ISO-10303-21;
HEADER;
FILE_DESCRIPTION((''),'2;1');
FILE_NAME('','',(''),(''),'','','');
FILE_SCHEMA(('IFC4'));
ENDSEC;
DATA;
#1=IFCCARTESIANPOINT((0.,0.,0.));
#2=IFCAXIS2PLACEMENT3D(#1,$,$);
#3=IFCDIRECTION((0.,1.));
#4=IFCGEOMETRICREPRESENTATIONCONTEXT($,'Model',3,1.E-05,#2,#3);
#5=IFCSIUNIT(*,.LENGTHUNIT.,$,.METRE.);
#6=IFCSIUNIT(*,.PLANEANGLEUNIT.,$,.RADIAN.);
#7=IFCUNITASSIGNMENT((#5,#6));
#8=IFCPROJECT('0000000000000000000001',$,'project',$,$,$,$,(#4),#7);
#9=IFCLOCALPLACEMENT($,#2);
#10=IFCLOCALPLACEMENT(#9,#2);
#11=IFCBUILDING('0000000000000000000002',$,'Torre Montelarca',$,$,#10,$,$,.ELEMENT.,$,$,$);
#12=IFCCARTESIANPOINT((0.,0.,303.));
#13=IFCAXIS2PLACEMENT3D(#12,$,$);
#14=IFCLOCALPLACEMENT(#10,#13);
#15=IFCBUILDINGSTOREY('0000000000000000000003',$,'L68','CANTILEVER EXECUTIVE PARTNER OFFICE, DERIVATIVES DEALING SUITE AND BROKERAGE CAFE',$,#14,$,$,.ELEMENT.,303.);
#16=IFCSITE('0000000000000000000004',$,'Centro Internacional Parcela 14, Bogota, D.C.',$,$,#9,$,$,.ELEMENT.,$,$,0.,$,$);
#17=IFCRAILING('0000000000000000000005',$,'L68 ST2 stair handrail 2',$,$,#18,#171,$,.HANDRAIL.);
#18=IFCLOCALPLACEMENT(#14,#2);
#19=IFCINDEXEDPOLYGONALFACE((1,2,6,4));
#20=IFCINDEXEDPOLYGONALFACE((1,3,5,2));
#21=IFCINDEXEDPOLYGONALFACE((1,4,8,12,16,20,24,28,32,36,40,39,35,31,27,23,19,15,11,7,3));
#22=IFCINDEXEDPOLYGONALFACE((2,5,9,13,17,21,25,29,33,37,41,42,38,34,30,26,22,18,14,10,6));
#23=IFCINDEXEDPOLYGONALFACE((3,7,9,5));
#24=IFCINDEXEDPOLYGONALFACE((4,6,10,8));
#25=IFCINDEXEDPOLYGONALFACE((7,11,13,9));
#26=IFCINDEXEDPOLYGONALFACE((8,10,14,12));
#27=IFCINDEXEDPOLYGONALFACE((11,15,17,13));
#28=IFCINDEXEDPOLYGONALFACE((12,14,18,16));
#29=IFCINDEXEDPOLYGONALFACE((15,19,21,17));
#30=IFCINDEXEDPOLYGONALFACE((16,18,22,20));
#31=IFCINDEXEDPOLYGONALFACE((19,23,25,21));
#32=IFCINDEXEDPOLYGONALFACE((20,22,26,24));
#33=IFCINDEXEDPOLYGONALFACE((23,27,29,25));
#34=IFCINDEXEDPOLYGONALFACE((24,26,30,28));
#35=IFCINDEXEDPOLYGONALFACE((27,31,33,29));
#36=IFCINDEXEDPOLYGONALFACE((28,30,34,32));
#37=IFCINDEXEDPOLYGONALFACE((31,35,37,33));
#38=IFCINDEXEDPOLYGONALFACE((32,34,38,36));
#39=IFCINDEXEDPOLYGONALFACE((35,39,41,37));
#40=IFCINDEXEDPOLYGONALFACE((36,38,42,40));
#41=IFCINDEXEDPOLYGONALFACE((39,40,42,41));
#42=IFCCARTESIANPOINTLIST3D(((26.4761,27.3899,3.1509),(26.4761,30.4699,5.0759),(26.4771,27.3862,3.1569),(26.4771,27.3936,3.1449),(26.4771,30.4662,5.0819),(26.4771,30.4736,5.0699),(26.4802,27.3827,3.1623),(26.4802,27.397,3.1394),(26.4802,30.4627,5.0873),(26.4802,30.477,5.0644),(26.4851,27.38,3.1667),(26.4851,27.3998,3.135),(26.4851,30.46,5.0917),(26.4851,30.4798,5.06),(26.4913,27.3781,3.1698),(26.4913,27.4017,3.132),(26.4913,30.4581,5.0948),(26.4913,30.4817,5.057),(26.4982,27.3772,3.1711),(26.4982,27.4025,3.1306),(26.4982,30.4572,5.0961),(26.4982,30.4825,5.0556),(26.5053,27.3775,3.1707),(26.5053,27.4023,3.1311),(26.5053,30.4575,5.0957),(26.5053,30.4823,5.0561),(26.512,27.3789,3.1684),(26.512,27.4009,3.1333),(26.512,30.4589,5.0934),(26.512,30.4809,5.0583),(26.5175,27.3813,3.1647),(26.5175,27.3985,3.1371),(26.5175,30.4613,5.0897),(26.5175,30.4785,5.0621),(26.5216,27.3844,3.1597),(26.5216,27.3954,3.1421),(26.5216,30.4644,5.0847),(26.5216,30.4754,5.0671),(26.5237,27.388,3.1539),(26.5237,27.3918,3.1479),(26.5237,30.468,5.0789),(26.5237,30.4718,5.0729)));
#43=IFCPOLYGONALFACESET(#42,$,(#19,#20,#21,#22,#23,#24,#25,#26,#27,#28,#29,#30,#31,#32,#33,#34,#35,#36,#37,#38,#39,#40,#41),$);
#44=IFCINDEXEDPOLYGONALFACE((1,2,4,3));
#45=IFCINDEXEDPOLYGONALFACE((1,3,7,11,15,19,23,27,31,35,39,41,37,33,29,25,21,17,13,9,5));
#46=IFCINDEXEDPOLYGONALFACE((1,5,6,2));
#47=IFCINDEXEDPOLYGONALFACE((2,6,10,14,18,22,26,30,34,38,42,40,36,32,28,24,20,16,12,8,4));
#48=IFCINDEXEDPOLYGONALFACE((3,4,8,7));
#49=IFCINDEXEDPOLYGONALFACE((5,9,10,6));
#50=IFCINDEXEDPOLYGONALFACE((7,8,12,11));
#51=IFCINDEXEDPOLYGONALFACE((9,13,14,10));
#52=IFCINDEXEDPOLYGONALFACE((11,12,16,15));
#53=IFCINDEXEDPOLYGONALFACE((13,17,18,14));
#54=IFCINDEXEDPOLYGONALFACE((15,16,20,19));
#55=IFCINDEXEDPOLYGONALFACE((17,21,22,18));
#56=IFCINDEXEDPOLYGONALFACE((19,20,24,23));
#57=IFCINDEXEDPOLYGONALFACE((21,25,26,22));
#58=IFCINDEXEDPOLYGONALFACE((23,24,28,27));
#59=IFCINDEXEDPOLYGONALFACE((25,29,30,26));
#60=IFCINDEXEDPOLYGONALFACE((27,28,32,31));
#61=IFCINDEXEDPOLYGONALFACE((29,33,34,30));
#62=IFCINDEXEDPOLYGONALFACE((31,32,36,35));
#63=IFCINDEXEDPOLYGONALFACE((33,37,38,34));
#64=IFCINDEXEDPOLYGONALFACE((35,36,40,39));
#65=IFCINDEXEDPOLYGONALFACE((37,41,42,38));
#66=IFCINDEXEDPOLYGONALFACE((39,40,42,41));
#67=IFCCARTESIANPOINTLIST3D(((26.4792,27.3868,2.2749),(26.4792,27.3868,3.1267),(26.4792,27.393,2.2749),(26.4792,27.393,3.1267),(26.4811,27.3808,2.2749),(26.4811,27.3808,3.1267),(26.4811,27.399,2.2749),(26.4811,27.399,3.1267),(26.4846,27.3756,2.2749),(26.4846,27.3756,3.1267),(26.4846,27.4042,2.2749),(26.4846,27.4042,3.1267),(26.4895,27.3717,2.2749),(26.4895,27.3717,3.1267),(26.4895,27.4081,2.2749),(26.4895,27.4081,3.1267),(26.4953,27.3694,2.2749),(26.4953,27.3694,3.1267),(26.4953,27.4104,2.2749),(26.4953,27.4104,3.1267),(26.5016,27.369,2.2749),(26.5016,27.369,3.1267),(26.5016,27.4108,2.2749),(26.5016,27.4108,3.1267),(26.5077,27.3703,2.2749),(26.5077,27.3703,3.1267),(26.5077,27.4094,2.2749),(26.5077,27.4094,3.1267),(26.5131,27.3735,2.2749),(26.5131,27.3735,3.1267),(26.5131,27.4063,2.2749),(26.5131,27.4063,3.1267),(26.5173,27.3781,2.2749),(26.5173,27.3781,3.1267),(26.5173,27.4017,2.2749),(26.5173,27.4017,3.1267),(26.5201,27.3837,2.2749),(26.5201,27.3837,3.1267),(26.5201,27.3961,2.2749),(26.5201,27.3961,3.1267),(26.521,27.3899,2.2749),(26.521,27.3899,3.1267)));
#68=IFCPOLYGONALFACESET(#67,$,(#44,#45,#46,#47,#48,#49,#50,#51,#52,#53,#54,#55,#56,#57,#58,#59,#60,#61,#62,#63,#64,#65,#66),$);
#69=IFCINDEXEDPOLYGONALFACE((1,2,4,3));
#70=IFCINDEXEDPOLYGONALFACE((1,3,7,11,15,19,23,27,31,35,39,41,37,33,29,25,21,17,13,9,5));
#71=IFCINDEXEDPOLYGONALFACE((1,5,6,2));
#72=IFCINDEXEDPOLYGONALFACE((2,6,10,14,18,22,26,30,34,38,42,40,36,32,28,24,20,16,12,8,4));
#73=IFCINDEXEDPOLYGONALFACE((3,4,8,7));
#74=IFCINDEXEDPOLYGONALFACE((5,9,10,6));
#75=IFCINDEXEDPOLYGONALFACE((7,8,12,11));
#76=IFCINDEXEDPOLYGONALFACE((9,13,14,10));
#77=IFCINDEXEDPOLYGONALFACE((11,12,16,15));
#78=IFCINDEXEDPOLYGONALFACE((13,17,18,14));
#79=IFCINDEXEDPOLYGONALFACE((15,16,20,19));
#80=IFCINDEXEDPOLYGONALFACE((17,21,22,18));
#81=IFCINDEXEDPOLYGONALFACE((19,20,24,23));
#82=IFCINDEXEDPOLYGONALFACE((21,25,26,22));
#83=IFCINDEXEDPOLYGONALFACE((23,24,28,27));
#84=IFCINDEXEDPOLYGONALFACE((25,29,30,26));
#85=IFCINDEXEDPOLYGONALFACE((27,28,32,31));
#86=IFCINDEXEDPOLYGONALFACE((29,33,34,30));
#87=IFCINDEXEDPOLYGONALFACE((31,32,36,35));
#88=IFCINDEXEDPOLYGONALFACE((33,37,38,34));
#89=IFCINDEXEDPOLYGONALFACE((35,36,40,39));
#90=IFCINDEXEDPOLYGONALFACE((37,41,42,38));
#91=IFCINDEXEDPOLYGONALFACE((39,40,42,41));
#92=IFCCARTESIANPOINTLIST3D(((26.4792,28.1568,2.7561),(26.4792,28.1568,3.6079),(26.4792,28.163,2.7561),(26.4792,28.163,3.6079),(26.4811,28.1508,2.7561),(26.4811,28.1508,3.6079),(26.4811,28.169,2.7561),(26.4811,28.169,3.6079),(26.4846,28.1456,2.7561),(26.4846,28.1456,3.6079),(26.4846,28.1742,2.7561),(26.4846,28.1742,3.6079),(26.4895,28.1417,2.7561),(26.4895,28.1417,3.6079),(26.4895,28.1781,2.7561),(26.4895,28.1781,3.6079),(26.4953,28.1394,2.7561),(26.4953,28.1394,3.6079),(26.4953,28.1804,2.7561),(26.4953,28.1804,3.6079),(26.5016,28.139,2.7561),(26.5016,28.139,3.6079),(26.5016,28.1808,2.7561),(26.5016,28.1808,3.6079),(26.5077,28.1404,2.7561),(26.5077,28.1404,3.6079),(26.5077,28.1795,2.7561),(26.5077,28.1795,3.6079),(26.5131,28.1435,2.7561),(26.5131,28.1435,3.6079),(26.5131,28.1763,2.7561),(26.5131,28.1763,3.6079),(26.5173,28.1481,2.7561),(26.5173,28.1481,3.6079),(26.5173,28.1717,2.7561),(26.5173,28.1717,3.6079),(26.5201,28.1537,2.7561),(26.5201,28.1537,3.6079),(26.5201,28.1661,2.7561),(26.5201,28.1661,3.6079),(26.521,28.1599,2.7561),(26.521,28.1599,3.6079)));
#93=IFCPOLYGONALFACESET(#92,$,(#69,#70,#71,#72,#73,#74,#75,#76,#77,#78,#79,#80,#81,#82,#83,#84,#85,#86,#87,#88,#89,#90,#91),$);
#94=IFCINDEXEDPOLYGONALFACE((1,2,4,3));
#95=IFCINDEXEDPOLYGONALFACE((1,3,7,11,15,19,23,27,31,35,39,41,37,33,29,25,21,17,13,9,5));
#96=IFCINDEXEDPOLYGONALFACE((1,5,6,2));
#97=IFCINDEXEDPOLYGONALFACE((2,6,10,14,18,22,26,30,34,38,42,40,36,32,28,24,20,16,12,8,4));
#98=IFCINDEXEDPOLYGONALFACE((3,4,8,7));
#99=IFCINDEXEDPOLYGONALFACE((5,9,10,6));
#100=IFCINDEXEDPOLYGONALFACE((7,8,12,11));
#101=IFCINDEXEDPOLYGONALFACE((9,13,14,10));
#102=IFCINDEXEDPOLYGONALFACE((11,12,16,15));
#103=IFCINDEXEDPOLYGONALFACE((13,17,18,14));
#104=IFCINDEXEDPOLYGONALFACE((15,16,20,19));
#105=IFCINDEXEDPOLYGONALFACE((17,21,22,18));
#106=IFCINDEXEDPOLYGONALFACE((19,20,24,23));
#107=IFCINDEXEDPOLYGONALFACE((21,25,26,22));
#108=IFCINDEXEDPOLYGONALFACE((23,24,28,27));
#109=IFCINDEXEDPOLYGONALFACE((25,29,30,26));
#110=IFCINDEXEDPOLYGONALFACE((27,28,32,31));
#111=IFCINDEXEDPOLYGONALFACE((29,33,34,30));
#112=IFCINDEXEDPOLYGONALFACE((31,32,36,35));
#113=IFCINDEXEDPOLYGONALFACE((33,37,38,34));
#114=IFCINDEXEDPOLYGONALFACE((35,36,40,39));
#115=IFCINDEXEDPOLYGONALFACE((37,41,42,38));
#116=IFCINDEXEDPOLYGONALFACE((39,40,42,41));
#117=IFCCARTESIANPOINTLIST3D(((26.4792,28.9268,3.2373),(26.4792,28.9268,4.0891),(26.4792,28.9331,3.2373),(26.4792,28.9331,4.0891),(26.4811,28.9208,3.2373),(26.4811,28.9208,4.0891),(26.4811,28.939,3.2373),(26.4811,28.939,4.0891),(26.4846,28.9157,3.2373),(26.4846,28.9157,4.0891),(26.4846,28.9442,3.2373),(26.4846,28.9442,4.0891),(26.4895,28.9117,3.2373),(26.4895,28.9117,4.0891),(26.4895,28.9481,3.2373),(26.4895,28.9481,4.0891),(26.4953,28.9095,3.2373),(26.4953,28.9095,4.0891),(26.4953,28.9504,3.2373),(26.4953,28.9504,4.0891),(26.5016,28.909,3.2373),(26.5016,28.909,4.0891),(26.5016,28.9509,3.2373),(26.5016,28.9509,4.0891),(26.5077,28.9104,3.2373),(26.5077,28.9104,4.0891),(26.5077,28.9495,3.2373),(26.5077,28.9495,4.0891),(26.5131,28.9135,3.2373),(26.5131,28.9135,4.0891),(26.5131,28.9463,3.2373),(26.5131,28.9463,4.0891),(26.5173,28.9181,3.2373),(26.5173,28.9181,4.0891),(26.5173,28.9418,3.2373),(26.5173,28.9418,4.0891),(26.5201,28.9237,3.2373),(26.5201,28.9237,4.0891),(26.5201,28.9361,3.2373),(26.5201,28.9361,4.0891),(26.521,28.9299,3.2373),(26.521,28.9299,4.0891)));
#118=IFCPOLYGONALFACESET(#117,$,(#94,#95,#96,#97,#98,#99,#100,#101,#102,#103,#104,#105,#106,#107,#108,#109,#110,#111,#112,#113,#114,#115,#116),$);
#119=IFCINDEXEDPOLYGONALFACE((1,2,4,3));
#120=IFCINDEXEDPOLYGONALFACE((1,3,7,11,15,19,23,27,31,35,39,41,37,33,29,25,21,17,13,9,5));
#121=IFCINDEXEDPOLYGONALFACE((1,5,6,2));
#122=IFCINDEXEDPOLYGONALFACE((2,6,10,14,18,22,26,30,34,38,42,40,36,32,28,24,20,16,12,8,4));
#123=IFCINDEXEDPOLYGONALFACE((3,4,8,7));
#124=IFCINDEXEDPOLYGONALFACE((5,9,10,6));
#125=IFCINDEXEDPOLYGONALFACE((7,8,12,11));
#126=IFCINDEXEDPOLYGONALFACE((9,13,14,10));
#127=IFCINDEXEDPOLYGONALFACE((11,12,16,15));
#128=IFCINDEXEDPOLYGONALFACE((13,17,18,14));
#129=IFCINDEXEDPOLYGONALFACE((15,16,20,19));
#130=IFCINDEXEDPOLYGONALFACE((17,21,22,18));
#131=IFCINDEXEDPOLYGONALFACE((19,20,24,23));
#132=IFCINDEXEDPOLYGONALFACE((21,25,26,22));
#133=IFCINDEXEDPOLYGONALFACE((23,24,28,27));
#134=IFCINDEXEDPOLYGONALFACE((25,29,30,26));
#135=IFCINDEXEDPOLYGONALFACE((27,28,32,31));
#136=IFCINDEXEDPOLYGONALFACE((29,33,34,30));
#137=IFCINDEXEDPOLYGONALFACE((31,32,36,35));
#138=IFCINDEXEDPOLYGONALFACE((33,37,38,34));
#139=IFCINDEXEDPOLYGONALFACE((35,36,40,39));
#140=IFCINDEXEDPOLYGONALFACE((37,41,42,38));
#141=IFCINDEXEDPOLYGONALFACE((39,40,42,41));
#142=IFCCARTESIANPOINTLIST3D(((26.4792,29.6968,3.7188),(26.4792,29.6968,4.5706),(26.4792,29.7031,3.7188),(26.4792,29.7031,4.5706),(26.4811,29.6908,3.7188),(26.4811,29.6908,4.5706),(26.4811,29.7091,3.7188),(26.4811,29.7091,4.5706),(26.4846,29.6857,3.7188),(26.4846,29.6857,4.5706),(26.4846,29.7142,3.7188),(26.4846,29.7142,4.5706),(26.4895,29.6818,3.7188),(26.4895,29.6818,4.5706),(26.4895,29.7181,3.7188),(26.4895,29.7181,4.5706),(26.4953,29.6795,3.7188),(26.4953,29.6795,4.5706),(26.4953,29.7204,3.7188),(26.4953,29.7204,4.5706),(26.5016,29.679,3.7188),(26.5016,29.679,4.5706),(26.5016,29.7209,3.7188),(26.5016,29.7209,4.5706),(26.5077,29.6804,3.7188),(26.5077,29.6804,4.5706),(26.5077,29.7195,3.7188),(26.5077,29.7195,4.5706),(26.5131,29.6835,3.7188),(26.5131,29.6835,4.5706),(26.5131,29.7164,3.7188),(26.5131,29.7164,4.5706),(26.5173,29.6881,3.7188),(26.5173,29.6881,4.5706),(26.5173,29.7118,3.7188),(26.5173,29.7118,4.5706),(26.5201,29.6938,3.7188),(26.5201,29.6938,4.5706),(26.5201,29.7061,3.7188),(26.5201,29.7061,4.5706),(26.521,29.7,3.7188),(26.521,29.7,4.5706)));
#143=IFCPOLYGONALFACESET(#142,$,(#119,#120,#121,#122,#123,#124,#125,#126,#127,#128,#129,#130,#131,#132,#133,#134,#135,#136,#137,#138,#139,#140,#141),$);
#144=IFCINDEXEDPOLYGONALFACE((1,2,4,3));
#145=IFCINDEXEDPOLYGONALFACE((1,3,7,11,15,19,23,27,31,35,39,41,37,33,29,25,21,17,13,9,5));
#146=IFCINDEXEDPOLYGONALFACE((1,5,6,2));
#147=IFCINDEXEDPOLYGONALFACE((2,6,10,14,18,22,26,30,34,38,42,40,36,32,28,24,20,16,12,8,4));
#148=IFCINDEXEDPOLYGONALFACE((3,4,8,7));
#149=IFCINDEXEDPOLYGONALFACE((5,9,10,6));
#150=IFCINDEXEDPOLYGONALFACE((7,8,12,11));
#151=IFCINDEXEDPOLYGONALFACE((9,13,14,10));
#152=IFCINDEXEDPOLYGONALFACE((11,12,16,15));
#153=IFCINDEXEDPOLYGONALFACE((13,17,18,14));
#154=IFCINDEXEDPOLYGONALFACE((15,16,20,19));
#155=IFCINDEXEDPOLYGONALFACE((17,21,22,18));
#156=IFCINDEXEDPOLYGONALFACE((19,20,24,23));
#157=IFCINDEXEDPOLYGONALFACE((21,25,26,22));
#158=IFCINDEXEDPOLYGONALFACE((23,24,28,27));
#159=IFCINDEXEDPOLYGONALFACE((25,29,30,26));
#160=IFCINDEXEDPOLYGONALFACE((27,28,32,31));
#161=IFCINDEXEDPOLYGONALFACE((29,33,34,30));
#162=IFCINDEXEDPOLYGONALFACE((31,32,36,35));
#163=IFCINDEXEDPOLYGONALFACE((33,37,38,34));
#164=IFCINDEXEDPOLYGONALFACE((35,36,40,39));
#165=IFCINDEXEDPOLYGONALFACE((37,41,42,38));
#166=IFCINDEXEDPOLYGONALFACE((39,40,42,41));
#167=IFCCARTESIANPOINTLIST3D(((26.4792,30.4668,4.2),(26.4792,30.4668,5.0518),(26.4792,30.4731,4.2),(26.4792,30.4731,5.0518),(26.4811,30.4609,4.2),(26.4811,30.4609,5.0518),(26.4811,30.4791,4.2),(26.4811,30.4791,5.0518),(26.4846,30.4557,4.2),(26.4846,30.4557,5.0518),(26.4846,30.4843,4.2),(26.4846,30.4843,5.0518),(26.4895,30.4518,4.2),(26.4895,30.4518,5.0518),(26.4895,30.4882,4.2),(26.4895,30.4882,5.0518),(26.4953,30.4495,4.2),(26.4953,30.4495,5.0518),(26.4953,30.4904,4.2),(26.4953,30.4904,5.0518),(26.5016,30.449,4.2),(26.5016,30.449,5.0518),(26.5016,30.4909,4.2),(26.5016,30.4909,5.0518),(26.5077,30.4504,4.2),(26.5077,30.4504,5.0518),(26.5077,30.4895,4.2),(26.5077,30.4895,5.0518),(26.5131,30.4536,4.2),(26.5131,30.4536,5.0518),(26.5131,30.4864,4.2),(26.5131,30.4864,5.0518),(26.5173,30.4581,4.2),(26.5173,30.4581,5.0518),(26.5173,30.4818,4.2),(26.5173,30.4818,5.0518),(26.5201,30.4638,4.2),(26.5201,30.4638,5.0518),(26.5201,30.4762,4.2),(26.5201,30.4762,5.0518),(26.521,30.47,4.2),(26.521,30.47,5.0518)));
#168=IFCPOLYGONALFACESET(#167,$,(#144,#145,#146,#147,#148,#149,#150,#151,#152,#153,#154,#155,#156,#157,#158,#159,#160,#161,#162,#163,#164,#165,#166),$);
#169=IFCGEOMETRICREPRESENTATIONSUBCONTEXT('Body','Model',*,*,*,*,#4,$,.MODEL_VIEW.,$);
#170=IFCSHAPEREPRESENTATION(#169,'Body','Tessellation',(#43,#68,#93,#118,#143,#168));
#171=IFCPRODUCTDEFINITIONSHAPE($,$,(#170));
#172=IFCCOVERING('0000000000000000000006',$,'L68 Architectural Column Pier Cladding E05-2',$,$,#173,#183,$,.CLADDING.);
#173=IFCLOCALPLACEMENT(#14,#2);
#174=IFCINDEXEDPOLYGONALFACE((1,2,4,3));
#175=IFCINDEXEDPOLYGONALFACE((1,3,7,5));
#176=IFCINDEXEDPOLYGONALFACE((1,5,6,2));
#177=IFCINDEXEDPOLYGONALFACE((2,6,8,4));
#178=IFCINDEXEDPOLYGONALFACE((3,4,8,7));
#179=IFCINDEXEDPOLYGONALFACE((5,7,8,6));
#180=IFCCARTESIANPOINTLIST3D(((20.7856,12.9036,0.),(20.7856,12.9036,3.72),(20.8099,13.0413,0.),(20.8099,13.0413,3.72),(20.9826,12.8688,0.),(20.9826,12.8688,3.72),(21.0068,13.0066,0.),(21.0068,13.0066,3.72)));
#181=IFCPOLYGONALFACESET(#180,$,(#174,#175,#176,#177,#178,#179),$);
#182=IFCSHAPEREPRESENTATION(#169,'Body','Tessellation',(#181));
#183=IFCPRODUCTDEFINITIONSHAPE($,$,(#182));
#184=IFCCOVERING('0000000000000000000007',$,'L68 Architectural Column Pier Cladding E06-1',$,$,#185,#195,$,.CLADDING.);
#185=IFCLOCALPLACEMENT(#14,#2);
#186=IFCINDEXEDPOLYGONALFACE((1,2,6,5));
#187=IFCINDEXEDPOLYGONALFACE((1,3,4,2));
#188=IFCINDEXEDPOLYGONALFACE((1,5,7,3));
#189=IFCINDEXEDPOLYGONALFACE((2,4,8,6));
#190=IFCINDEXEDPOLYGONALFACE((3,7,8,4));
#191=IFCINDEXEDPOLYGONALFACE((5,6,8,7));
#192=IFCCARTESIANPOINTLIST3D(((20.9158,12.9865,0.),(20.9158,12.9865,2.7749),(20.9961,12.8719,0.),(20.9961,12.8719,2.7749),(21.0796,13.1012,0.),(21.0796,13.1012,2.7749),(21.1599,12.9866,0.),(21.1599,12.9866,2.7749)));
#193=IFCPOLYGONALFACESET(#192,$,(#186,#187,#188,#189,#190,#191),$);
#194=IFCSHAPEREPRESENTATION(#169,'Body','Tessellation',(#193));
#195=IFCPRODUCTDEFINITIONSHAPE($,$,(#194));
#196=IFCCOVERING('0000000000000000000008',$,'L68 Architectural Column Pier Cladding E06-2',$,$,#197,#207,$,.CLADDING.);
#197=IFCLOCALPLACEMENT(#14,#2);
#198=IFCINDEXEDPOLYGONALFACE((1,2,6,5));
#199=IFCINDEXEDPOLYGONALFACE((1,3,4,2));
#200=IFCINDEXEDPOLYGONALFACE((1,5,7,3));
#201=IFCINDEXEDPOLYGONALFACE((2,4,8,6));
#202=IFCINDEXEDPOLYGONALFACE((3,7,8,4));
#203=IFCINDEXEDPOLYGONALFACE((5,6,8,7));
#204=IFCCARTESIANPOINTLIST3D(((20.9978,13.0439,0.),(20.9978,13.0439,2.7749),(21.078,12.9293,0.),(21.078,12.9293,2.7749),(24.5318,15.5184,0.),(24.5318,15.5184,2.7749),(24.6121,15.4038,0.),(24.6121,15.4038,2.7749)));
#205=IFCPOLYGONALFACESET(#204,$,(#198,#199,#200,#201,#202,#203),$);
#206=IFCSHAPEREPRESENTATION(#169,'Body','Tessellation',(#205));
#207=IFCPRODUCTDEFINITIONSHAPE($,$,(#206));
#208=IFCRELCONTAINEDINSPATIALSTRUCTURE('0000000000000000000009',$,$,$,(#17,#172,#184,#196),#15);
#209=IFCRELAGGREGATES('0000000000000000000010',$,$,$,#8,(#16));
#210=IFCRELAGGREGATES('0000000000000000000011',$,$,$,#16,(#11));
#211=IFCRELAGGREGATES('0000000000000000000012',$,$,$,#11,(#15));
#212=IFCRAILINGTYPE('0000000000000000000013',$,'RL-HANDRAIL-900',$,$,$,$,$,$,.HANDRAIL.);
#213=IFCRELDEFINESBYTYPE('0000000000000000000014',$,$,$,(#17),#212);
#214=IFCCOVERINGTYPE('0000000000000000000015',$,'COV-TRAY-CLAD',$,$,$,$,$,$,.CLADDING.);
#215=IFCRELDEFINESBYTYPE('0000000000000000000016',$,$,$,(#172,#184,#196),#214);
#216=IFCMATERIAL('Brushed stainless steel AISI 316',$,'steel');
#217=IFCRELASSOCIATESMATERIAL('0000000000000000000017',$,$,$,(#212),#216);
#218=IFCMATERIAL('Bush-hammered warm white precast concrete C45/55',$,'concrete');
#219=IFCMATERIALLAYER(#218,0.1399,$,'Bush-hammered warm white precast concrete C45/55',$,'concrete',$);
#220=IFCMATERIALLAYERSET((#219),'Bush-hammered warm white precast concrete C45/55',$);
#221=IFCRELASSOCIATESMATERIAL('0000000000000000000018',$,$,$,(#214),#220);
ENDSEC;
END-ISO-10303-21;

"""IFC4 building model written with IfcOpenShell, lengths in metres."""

from ifc_helpers import new_model, si_unit, direction, frame, origin, origin_2d, place, context, subcontext, project, spatial, rectangle, circle, extrude, source, transform, mapped, material, layer, layer_set, type_object, element, save


model = new_model("IFC4")

# Units and contexts
model_context = context("Model", 3, precision=1e-05, world=origin(), true_north=direction((0.0, 1.0)))
body_context = subcontext(model_context, "Body", "Model", "MODEL_VIEW")
ifc_project = project(units=[si_unit("LENGTHUNIT", "METRE"), si_unit("PLANEANGLEUNIT", "RADIAN")], contexts=[model_context])

# Site, building, storey
site_placement = place(None, origin())
site = spatial("IfcSite", under=ifc_project, at=site_placement, Name="Centro Internacional Parcela 14, Bogota, D.C.", CompositionType="ELEMENT", RefElevation=0.0)
building_placement = place(site_placement, origin())
building = spatial("IfcBuilding", under=site, at=building_placement, Name="Torre Montelarca", CompositionType="ELEMENT")
storey_placement = place(building_placement, frame((0.0, 0.0, 303.0)))
storey = spatial("IfcBuildingStorey", under=building, at=storey_placement, Name="L68", Description="CANTILEVER EXECUTIVE PARTNER OFFICE, DERIVATIVES DEALING SUITE AND BROKERAGE CAFE", CompositionType="ELEMENT", Elevation=303.0)

# Railing
ifc_material_1 = material(Name="Brushed stainless steel AISI 316", Category="steel")
railing_type_1 = type_object("IfcRailingType", Name="RL-HANDRAIL-900", PredefinedType="HANDRAIL", material=ifc_material_1)
railing_1_placement = place(storey_placement, frame((26.5, 27.3899, 2.2749)))
element("IfcRailing", 1, at=railing_1_placement, inside=storey, type_object=railing_type_1, Name="L68 ST2 stair handrail 2", PredefinedType="HANDRAIL", context=body_context, shape_type="SweptSolid", body=[
    extrude(circle(Radius=0.0239, at=origin_2d()), frame((0.0, 0.0, 0.876), z_axis=(0.0, 0.847998, 0.529999), x_axis=(-1.0, 0.0, 0.0)), (0.0, 0.0, 1.0), 3.6321),
    extrude(circle(Radius=0.021, at=origin_2d()), origin(), (0.0, 0.0, 1.0), 0.8518),
    extrude(circle(Radius=0.021, at=origin_2d()), frame((0.0, 0.77, 0.4812)), (0.0, 0.0, 1.0), 0.8518),
    extrude(circle(Radius=0.021, at=origin_2d()), frame((0.0, 1.54, 0.9624)), (0.0, 0.0, 1.0), 0.8518),
    extrude(circle(Radius=0.021, at=origin_2d()), frame((0.0, 2.3101, 1.4438)), (0.0, 0.0, 1.0), 0.8518),
    extrude(circle(Radius=0.021, at=origin_2d()), frame((0.0, 3.0801, 1.925)), (0.0, 0.0, 1.0), 0.8518),
])

# Coverings
ifc_material_2 = material(Name="Bush-hammered warm white precast concrete C45/55", Category="concrete")
ifc_layer_1 = layer(ifc_material_2, 0.1399, Name="Bush-hammered warm white precast concrete C45/55", Category="concrete")
ifc_layer_set_1 = layer_set([ifc_layer_1], Name="Bush-hammered warm white precast concrete C45/55")
covering_type = type_object("IfcCoveringType", Name="COV-TRAY-CLAD", PredefinedType="CLADDING", material=ifc_layer_set_1)
shared_shape_1 = source(origin(), body_context, "Body", "SweptSolid", [
    extrude(rectangle(XDim=0.2, YDim=0.1399, at=origin_2d()), origin(), (0.0, 0.0, 1.0), 3.72),
])
covering_1_placement = place(storey_placement, frame((20.8962, 12.9551, 0.0), z_axis=(0.0, 0.0, 1.0), x_axis=(0.984808, -0.173646, 0.0)))
element("IfcCovering", 2, at=covering_1_placement, inside=storey, type_object=covering_type, Name="L68 Architectural Column Pier Cladding E05-2", PredefinedType="CLADDING", context=body_context, shape_type="MappedRepresentation", body=[
    mapped(shared_shape_1, transform((0.0, 0.0, 0.0), scale=1.0)),
])
shared_shape_2 = source(origin(), body_context, "Body", "SweptSolid", [
    extrude(rectangle(XDim=0.2, YDim=0.1399, at=origin_2d()), origin(), (0.0, 0.0, 1.0), 2.7749),
])
covering_2_placement = place(storey_placement, frame((21.0378, 12.9866, 0.0), z_axis=(0.0, 0.0, 1.0), x_axis=(0.819156, 0.573571, 0.0)))
element("IfcCovering", 3, at=covering_2_placement, inside=storey, type_object=covering_type, Name="L68 Architectural Column Pier Cladding E06-1", PredefinedType="CLADDING", context=body_context, shape_type="MappedRepresentation", body=[
    mapped(shared_shape_2, transform((0.0, 0.0, 0.0), scale=1.0)),
])
shared_shape_3 = source(origin(), body_context, "Body", "SweptSolid", [
    extrude(rectangle(XDim=4.3142, YDim=0.1399, at=origin_2d()), origin(), (0.0, 0.0, 1.0), 2.7749),
])
covering_3_placement = place(storey_placement, frame((22.8049, 14.2239, 0.0), z_axis=(0.0, 0.0, 1.0), x_axis=(0.819156, 0.573571, 0.0)))
element("IfcCovering", 4, at=covering_3_placement, inside=storey, type_object=covering_type, Name="L68 Architectural Column Pier Cladding E06-2", PredefinedType="CLADDING", context=body_context, shape_type="MappedRepresentation", body=[
    mapped(shared_shape_3, transform((0.0, 0.0, 0.0), scale=1.0)),
])

save(model, "model.ifc")
